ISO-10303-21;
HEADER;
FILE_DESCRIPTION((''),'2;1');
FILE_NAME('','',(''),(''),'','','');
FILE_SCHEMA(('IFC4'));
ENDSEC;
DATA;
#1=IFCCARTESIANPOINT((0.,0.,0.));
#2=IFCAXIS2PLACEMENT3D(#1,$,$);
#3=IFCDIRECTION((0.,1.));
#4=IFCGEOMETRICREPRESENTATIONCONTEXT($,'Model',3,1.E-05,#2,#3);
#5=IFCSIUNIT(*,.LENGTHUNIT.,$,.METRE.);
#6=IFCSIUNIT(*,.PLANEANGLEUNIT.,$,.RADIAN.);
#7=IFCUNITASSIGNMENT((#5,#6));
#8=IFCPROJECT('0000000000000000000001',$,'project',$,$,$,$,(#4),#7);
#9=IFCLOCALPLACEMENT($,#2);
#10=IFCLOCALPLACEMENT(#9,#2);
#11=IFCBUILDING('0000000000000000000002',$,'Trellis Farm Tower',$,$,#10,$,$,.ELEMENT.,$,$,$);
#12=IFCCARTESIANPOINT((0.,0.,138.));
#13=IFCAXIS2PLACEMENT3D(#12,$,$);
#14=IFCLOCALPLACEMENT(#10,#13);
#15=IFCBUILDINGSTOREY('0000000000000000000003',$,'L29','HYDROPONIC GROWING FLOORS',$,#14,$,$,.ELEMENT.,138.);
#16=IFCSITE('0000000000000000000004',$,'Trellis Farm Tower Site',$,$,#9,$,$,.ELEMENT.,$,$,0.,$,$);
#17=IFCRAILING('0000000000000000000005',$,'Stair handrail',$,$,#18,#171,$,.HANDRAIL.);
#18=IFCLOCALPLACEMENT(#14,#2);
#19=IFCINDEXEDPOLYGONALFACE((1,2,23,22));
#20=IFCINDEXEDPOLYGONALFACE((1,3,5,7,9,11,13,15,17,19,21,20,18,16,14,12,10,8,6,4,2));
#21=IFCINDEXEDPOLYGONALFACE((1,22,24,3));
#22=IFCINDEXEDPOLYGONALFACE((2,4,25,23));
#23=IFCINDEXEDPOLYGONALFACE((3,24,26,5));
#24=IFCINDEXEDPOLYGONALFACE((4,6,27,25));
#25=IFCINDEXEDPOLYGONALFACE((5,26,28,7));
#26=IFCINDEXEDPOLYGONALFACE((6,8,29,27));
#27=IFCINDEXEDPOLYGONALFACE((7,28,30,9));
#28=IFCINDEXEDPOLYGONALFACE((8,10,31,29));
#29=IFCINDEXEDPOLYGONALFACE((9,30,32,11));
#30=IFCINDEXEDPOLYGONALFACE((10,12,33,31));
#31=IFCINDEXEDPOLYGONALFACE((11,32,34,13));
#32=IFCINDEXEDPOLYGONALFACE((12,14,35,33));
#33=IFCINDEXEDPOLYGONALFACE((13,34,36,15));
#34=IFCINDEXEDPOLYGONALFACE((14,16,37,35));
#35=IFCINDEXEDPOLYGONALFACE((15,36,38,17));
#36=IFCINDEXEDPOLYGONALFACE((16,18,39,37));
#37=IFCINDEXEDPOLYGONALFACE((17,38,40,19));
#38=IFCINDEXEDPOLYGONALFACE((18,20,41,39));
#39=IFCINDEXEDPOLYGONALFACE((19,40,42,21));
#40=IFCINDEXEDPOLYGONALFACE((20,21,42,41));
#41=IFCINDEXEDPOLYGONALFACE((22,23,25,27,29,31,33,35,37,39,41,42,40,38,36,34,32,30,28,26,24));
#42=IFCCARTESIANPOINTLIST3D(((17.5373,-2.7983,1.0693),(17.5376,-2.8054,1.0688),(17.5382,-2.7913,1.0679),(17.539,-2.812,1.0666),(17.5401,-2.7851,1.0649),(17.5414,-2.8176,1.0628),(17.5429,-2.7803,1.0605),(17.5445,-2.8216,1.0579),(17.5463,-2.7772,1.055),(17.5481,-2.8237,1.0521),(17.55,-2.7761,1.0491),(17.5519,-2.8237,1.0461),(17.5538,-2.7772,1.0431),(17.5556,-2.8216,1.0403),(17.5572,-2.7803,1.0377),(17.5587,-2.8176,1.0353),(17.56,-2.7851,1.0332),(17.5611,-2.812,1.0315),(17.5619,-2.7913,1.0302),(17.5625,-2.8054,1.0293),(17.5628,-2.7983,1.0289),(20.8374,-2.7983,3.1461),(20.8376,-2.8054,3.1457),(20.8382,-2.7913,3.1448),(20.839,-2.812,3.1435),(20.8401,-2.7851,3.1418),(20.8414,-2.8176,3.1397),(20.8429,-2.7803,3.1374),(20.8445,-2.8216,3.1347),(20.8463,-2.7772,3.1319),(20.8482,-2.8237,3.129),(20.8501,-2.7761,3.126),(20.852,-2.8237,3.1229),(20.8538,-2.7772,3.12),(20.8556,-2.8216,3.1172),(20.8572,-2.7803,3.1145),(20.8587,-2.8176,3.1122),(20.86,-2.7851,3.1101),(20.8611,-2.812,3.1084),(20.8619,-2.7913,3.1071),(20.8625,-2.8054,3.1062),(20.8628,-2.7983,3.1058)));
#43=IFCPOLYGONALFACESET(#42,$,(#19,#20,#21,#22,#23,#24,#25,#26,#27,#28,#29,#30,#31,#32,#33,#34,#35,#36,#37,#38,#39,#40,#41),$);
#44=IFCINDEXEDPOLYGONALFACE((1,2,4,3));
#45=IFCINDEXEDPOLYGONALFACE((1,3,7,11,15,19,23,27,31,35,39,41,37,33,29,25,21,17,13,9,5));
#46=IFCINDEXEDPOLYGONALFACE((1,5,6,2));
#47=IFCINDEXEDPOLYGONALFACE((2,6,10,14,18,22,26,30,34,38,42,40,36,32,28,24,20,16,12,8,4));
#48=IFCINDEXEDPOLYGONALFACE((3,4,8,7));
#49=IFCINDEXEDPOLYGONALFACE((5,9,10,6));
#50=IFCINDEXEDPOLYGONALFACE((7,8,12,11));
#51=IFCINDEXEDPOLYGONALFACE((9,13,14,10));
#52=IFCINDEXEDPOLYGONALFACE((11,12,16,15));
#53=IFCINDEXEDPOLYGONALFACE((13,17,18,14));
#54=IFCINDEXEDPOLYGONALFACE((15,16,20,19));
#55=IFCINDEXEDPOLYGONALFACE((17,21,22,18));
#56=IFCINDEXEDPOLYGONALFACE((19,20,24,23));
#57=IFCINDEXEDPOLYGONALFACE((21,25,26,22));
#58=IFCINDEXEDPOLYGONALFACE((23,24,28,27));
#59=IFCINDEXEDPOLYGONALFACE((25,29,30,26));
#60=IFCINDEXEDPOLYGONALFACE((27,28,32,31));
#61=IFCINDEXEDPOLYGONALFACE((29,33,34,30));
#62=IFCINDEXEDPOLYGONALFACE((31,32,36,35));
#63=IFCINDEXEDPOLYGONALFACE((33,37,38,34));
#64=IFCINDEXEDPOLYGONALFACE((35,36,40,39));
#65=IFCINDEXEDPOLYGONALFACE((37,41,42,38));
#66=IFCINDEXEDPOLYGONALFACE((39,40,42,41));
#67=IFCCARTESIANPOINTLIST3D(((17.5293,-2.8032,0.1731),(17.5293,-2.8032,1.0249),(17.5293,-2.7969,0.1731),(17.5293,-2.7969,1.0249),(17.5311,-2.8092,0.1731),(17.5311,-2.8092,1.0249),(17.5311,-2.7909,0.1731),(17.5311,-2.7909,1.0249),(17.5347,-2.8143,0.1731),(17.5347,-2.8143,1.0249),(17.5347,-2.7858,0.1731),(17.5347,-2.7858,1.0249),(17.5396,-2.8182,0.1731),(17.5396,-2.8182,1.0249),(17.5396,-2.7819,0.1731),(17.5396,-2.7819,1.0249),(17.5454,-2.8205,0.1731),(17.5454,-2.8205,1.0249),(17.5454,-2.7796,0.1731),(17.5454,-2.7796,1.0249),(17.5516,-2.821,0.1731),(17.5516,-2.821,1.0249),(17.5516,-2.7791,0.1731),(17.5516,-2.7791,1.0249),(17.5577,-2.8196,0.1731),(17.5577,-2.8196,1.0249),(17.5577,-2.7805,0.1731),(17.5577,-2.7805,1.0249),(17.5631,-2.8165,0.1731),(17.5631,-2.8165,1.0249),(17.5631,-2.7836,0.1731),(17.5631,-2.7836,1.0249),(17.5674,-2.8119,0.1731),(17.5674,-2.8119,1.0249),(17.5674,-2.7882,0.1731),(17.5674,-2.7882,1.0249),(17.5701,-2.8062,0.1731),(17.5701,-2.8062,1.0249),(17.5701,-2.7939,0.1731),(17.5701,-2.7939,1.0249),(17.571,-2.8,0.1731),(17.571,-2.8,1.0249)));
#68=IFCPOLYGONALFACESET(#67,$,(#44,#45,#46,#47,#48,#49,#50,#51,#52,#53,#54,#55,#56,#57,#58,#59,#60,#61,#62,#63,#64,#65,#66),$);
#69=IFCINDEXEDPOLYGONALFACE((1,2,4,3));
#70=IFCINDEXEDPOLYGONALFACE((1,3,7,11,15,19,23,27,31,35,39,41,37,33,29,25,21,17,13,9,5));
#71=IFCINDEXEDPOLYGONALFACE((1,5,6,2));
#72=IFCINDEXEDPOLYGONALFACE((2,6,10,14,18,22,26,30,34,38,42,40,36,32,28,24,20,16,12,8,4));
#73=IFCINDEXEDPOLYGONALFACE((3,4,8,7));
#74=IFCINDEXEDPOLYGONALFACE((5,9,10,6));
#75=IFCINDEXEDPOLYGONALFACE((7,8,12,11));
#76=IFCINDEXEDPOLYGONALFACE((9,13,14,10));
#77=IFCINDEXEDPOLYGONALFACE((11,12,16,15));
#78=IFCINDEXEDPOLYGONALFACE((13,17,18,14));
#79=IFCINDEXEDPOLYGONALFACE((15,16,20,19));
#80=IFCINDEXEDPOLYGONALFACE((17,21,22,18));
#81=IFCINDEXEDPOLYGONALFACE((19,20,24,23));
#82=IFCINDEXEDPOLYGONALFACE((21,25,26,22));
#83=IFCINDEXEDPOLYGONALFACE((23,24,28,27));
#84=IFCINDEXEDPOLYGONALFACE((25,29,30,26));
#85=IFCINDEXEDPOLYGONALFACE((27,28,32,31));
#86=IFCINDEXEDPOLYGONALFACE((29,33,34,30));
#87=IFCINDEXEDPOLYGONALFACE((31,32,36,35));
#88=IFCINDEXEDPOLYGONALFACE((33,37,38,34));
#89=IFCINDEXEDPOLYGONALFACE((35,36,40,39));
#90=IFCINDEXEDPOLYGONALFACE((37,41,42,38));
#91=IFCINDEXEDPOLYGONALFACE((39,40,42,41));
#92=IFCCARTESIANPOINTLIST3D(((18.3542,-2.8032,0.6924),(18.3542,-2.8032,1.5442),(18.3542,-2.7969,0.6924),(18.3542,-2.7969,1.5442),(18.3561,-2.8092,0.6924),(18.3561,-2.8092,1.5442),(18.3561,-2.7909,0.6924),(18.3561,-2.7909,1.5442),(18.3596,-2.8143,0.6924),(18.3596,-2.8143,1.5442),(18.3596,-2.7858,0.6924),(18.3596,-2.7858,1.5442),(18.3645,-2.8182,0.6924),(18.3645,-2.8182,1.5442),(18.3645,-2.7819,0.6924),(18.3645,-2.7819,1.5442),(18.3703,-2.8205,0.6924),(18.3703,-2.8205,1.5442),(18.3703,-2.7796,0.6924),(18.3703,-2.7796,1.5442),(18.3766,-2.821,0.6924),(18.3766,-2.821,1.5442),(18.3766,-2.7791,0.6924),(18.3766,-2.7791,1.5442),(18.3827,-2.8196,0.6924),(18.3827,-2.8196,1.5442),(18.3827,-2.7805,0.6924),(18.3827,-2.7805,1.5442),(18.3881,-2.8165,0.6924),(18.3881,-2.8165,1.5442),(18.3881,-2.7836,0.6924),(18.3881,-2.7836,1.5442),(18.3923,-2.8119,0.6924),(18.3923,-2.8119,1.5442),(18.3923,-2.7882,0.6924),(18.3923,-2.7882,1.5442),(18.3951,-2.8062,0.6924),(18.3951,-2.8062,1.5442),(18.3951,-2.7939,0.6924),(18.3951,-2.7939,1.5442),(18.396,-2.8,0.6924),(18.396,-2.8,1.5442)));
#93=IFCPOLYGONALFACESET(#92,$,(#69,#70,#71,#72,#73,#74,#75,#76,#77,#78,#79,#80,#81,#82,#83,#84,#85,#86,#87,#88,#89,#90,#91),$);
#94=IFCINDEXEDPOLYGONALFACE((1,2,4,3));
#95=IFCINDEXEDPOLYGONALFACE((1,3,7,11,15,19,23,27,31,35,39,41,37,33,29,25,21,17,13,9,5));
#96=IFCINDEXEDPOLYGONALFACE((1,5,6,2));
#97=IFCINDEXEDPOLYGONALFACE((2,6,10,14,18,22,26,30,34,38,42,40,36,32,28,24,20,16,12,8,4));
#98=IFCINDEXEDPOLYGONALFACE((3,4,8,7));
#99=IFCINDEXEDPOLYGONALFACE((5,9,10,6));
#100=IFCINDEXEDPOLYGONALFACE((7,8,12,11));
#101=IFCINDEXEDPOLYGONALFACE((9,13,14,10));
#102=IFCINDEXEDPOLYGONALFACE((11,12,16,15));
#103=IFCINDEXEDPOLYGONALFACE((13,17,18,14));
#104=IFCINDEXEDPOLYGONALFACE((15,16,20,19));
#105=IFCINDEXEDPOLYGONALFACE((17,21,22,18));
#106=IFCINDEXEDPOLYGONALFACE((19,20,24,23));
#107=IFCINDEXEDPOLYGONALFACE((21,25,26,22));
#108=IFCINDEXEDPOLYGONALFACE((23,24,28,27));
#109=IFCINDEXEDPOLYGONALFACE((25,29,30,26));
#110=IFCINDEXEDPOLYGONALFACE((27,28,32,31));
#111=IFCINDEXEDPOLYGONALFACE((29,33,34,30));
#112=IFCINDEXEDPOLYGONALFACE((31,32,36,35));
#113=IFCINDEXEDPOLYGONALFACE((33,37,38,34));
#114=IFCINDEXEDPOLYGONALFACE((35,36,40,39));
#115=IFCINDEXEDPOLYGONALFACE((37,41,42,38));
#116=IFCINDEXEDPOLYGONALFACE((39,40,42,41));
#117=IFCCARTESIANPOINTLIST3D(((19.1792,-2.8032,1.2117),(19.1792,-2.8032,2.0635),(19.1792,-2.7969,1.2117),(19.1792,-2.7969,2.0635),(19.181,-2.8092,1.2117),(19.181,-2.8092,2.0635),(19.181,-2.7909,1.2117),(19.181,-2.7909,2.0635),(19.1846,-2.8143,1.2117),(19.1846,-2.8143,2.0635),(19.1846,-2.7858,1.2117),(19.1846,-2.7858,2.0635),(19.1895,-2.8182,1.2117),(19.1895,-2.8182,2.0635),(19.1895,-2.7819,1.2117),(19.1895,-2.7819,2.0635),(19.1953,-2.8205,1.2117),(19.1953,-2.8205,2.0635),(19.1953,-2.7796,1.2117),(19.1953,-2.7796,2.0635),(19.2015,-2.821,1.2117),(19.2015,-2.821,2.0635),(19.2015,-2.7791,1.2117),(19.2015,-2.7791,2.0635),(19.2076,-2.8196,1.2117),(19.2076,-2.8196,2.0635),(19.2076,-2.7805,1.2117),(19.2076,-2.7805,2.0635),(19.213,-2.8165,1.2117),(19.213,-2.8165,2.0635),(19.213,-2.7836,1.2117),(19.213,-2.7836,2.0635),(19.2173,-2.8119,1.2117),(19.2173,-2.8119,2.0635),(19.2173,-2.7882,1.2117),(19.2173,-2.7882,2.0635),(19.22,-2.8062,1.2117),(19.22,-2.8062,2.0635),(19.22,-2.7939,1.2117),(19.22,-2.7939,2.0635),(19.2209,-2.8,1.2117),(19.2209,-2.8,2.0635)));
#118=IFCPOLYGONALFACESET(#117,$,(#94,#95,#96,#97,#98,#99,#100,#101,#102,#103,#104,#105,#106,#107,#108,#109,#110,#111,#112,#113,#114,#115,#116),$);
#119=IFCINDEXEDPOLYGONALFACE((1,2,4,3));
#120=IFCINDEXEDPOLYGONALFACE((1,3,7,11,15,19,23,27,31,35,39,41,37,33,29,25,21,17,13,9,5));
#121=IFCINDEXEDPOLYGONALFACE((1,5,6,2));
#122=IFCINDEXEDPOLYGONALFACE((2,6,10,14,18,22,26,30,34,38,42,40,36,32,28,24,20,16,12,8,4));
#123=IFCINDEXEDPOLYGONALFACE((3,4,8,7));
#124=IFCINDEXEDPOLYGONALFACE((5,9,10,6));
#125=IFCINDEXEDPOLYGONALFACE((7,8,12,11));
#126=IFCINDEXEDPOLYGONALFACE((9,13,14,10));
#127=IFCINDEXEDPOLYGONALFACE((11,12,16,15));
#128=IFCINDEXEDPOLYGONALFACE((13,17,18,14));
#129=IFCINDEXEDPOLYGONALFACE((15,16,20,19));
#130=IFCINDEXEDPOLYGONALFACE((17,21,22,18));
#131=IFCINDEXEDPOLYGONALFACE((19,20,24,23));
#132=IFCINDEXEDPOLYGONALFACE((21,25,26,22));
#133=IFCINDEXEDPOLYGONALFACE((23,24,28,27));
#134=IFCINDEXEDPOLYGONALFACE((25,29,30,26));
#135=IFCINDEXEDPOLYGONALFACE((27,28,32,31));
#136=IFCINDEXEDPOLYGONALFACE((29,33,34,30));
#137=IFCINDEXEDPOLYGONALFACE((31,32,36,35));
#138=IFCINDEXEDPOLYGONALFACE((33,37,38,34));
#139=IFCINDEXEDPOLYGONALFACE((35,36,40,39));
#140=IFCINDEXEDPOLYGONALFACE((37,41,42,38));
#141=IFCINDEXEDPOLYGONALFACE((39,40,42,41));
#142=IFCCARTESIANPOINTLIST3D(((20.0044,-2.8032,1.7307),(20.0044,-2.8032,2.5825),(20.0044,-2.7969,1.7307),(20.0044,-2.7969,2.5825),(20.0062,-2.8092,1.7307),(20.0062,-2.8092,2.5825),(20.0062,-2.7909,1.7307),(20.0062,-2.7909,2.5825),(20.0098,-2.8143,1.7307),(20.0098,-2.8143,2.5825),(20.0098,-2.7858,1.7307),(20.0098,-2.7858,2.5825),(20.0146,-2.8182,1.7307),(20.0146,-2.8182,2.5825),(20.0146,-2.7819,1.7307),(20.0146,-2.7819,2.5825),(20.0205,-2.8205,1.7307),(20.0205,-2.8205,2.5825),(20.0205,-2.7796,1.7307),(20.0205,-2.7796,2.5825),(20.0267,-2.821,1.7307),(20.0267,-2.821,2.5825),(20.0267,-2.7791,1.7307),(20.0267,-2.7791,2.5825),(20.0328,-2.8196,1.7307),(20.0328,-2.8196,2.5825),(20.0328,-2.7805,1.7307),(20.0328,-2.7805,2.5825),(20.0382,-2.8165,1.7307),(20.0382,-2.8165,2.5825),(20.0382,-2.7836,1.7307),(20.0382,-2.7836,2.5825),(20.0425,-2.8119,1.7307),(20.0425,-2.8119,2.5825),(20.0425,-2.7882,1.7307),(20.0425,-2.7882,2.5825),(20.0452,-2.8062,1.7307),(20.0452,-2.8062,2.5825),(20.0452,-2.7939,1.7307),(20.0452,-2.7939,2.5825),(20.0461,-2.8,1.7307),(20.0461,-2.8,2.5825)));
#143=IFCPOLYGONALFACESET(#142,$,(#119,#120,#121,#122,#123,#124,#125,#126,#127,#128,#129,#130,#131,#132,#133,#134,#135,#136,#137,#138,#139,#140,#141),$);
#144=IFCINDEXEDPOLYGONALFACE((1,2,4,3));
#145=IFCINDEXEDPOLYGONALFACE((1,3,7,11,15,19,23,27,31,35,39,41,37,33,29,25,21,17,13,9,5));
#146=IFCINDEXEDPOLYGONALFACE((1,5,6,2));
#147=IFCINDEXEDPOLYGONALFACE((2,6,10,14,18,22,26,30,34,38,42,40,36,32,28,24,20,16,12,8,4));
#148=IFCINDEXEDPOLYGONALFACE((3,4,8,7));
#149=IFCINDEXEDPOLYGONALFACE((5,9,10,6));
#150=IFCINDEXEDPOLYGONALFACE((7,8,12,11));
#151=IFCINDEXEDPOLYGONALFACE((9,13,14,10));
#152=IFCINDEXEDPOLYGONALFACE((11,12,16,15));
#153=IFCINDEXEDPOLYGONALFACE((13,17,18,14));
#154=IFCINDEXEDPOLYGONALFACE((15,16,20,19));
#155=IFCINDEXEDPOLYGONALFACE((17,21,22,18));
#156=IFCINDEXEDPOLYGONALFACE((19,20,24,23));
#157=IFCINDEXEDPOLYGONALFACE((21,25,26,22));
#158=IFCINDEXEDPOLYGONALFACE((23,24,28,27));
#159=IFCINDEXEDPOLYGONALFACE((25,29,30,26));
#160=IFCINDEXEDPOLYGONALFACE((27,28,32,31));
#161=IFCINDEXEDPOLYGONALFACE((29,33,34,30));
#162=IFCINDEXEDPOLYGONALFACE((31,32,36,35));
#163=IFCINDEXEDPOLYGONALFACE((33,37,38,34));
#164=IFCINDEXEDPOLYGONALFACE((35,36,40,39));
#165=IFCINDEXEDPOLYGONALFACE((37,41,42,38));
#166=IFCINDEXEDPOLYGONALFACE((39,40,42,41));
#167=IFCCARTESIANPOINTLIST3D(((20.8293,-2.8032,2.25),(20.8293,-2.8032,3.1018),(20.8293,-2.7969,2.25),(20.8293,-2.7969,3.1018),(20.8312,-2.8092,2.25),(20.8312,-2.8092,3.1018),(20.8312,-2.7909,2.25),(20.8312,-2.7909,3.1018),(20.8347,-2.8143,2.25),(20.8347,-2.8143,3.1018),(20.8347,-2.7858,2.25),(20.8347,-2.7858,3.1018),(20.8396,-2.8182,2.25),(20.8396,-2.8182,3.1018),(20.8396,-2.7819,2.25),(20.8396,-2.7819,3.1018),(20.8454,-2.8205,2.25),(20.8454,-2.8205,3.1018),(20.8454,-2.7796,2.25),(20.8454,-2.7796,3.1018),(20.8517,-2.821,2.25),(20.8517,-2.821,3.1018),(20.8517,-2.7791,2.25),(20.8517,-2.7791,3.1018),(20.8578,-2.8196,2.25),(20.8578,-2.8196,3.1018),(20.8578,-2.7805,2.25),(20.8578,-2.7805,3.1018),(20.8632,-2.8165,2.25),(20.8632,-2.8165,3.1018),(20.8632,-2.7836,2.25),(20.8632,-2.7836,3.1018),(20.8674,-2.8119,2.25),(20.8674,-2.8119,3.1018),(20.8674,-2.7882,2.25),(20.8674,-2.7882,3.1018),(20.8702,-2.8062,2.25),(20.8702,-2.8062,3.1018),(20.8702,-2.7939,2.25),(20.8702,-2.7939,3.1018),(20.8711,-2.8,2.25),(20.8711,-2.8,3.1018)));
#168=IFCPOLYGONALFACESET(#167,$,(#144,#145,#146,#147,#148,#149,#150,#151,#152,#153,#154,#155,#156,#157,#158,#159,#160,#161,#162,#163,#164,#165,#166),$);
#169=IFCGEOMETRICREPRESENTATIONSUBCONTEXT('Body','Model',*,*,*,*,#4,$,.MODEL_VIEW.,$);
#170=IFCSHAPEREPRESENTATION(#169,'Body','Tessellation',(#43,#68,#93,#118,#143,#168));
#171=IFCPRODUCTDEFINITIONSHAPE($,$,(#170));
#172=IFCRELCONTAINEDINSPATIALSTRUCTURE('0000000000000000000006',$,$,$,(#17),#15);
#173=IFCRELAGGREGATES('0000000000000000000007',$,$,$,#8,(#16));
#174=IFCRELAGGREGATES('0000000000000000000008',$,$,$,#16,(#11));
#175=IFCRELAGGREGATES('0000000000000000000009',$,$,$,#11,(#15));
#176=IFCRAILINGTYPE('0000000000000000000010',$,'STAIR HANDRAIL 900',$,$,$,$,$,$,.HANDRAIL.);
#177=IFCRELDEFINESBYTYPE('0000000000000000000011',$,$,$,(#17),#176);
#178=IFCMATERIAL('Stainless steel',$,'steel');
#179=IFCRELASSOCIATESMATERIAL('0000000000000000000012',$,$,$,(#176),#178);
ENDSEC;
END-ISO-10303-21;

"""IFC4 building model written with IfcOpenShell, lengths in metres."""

from ifc_helpers import new_model, si_unit, direction, frame, origin, origin_2d, place, context, subcontext, project, spatial, circle, extrude, source, transform, mapped, material, type_object, element, save


model = new_model("IFC4")

# Units and contexts
model_context = context("Model", 3, precision=1e-05, world=origin(), true_north=direction((0.0, 1.0)))
body_context = subcontext(model_context, "Body", "Model", "MODEL_VIEW")
ifc_project = project(units=[si_unit("LENGTHUNIT", "METRE"), si_unit("PLANEANGLEUNIT", "RADIAN")], contexts=[model_context])

# Site, building, storey
site_placement = place(None, origin())
site = spatial("IfcSite", under=ifc_project, at=site_placement, Name="Trellis Farm Tower Site", CompositionType="ELEMENT", RefElevation=0.0)
building_placement = place(site_placement, origin())
building = spatial("IfcBuilding", under=site, at=building_placement, Name="Trellis Farm Tower", CompositionType="ELEMENT")
storey_placement = place(building_placement, frame((0.0, 0.0, 138.0)))
storey = spatial("IfcBuildingStorey", under=building, at=storey_placement, Name="L29", Description="HYDROPONIC GROWING FLOORS", CompositionType="ELEMENT", Elevation=138.0)

# Shared definitions
ifc_material_1 = material(Name="Stainless steel", Category="steel")

# Railing
railing_type = type_object("IfcRailingType", Name="STAIR HANDRAIL 900", PredefinedType="HANDRAIL", material=ifc_material_1)
shared_shape_1 = source(origin(), body_context, "Body", "SweptSolid", [
    extrude(circle(Radius=0.0239, at=origin_2d()), frame((0.0, 0.0, 0.876), z_axis=(0.846337, 0.0, 0.532647), x_axis=(0.0, 1.0, 0.0)), (0.0, 0.0, 1.0), 3.8992),
    extrude(circle(Radius=0.021, at=origin_2d()), origin(), (0.0, 0.0, 1.0), 0.8518),
    extrude(circle(Radius=0.021, at=origin_2d()), frame((0.825, 0.0, 0.5193)), (0.0, 0.0, 1.0), 0.8518),
    extrude(circle(Radius=0.021, at=origin_2d()), frame((1.6499, 0.0, 1.0386)), (0.0, 0.0, 1.0), 0.8518),
    extrude(circle(Radius=0.021, at=origin_2d()), frame((2.4751, 0.0, 1.5576)), (0.0, 0.0, 1.0), 0.8518),
    extrude(circle(Radius=0.021, at=origin_2d()), frame((3.3, 0.0, 2.0769)), (0.0, 0.0, 1.0), 0.8518),
])
for number, where, name in (
    (1, (17.55, -2.8, 0.1731), "Stair handrail"),
):
    element("IfcRailing", number, at=place(storey_placement, frame(where)), inside=storey, type_object=railing_type, Name=name, PredefinedType="HANDRAIL", context=body_context, shape_type="MappedRepresentation", body=[
        mapped(shared_shape_1, transform((0.0, 0.0, 0.0))),
    ])

save(model, "model.ifc")
